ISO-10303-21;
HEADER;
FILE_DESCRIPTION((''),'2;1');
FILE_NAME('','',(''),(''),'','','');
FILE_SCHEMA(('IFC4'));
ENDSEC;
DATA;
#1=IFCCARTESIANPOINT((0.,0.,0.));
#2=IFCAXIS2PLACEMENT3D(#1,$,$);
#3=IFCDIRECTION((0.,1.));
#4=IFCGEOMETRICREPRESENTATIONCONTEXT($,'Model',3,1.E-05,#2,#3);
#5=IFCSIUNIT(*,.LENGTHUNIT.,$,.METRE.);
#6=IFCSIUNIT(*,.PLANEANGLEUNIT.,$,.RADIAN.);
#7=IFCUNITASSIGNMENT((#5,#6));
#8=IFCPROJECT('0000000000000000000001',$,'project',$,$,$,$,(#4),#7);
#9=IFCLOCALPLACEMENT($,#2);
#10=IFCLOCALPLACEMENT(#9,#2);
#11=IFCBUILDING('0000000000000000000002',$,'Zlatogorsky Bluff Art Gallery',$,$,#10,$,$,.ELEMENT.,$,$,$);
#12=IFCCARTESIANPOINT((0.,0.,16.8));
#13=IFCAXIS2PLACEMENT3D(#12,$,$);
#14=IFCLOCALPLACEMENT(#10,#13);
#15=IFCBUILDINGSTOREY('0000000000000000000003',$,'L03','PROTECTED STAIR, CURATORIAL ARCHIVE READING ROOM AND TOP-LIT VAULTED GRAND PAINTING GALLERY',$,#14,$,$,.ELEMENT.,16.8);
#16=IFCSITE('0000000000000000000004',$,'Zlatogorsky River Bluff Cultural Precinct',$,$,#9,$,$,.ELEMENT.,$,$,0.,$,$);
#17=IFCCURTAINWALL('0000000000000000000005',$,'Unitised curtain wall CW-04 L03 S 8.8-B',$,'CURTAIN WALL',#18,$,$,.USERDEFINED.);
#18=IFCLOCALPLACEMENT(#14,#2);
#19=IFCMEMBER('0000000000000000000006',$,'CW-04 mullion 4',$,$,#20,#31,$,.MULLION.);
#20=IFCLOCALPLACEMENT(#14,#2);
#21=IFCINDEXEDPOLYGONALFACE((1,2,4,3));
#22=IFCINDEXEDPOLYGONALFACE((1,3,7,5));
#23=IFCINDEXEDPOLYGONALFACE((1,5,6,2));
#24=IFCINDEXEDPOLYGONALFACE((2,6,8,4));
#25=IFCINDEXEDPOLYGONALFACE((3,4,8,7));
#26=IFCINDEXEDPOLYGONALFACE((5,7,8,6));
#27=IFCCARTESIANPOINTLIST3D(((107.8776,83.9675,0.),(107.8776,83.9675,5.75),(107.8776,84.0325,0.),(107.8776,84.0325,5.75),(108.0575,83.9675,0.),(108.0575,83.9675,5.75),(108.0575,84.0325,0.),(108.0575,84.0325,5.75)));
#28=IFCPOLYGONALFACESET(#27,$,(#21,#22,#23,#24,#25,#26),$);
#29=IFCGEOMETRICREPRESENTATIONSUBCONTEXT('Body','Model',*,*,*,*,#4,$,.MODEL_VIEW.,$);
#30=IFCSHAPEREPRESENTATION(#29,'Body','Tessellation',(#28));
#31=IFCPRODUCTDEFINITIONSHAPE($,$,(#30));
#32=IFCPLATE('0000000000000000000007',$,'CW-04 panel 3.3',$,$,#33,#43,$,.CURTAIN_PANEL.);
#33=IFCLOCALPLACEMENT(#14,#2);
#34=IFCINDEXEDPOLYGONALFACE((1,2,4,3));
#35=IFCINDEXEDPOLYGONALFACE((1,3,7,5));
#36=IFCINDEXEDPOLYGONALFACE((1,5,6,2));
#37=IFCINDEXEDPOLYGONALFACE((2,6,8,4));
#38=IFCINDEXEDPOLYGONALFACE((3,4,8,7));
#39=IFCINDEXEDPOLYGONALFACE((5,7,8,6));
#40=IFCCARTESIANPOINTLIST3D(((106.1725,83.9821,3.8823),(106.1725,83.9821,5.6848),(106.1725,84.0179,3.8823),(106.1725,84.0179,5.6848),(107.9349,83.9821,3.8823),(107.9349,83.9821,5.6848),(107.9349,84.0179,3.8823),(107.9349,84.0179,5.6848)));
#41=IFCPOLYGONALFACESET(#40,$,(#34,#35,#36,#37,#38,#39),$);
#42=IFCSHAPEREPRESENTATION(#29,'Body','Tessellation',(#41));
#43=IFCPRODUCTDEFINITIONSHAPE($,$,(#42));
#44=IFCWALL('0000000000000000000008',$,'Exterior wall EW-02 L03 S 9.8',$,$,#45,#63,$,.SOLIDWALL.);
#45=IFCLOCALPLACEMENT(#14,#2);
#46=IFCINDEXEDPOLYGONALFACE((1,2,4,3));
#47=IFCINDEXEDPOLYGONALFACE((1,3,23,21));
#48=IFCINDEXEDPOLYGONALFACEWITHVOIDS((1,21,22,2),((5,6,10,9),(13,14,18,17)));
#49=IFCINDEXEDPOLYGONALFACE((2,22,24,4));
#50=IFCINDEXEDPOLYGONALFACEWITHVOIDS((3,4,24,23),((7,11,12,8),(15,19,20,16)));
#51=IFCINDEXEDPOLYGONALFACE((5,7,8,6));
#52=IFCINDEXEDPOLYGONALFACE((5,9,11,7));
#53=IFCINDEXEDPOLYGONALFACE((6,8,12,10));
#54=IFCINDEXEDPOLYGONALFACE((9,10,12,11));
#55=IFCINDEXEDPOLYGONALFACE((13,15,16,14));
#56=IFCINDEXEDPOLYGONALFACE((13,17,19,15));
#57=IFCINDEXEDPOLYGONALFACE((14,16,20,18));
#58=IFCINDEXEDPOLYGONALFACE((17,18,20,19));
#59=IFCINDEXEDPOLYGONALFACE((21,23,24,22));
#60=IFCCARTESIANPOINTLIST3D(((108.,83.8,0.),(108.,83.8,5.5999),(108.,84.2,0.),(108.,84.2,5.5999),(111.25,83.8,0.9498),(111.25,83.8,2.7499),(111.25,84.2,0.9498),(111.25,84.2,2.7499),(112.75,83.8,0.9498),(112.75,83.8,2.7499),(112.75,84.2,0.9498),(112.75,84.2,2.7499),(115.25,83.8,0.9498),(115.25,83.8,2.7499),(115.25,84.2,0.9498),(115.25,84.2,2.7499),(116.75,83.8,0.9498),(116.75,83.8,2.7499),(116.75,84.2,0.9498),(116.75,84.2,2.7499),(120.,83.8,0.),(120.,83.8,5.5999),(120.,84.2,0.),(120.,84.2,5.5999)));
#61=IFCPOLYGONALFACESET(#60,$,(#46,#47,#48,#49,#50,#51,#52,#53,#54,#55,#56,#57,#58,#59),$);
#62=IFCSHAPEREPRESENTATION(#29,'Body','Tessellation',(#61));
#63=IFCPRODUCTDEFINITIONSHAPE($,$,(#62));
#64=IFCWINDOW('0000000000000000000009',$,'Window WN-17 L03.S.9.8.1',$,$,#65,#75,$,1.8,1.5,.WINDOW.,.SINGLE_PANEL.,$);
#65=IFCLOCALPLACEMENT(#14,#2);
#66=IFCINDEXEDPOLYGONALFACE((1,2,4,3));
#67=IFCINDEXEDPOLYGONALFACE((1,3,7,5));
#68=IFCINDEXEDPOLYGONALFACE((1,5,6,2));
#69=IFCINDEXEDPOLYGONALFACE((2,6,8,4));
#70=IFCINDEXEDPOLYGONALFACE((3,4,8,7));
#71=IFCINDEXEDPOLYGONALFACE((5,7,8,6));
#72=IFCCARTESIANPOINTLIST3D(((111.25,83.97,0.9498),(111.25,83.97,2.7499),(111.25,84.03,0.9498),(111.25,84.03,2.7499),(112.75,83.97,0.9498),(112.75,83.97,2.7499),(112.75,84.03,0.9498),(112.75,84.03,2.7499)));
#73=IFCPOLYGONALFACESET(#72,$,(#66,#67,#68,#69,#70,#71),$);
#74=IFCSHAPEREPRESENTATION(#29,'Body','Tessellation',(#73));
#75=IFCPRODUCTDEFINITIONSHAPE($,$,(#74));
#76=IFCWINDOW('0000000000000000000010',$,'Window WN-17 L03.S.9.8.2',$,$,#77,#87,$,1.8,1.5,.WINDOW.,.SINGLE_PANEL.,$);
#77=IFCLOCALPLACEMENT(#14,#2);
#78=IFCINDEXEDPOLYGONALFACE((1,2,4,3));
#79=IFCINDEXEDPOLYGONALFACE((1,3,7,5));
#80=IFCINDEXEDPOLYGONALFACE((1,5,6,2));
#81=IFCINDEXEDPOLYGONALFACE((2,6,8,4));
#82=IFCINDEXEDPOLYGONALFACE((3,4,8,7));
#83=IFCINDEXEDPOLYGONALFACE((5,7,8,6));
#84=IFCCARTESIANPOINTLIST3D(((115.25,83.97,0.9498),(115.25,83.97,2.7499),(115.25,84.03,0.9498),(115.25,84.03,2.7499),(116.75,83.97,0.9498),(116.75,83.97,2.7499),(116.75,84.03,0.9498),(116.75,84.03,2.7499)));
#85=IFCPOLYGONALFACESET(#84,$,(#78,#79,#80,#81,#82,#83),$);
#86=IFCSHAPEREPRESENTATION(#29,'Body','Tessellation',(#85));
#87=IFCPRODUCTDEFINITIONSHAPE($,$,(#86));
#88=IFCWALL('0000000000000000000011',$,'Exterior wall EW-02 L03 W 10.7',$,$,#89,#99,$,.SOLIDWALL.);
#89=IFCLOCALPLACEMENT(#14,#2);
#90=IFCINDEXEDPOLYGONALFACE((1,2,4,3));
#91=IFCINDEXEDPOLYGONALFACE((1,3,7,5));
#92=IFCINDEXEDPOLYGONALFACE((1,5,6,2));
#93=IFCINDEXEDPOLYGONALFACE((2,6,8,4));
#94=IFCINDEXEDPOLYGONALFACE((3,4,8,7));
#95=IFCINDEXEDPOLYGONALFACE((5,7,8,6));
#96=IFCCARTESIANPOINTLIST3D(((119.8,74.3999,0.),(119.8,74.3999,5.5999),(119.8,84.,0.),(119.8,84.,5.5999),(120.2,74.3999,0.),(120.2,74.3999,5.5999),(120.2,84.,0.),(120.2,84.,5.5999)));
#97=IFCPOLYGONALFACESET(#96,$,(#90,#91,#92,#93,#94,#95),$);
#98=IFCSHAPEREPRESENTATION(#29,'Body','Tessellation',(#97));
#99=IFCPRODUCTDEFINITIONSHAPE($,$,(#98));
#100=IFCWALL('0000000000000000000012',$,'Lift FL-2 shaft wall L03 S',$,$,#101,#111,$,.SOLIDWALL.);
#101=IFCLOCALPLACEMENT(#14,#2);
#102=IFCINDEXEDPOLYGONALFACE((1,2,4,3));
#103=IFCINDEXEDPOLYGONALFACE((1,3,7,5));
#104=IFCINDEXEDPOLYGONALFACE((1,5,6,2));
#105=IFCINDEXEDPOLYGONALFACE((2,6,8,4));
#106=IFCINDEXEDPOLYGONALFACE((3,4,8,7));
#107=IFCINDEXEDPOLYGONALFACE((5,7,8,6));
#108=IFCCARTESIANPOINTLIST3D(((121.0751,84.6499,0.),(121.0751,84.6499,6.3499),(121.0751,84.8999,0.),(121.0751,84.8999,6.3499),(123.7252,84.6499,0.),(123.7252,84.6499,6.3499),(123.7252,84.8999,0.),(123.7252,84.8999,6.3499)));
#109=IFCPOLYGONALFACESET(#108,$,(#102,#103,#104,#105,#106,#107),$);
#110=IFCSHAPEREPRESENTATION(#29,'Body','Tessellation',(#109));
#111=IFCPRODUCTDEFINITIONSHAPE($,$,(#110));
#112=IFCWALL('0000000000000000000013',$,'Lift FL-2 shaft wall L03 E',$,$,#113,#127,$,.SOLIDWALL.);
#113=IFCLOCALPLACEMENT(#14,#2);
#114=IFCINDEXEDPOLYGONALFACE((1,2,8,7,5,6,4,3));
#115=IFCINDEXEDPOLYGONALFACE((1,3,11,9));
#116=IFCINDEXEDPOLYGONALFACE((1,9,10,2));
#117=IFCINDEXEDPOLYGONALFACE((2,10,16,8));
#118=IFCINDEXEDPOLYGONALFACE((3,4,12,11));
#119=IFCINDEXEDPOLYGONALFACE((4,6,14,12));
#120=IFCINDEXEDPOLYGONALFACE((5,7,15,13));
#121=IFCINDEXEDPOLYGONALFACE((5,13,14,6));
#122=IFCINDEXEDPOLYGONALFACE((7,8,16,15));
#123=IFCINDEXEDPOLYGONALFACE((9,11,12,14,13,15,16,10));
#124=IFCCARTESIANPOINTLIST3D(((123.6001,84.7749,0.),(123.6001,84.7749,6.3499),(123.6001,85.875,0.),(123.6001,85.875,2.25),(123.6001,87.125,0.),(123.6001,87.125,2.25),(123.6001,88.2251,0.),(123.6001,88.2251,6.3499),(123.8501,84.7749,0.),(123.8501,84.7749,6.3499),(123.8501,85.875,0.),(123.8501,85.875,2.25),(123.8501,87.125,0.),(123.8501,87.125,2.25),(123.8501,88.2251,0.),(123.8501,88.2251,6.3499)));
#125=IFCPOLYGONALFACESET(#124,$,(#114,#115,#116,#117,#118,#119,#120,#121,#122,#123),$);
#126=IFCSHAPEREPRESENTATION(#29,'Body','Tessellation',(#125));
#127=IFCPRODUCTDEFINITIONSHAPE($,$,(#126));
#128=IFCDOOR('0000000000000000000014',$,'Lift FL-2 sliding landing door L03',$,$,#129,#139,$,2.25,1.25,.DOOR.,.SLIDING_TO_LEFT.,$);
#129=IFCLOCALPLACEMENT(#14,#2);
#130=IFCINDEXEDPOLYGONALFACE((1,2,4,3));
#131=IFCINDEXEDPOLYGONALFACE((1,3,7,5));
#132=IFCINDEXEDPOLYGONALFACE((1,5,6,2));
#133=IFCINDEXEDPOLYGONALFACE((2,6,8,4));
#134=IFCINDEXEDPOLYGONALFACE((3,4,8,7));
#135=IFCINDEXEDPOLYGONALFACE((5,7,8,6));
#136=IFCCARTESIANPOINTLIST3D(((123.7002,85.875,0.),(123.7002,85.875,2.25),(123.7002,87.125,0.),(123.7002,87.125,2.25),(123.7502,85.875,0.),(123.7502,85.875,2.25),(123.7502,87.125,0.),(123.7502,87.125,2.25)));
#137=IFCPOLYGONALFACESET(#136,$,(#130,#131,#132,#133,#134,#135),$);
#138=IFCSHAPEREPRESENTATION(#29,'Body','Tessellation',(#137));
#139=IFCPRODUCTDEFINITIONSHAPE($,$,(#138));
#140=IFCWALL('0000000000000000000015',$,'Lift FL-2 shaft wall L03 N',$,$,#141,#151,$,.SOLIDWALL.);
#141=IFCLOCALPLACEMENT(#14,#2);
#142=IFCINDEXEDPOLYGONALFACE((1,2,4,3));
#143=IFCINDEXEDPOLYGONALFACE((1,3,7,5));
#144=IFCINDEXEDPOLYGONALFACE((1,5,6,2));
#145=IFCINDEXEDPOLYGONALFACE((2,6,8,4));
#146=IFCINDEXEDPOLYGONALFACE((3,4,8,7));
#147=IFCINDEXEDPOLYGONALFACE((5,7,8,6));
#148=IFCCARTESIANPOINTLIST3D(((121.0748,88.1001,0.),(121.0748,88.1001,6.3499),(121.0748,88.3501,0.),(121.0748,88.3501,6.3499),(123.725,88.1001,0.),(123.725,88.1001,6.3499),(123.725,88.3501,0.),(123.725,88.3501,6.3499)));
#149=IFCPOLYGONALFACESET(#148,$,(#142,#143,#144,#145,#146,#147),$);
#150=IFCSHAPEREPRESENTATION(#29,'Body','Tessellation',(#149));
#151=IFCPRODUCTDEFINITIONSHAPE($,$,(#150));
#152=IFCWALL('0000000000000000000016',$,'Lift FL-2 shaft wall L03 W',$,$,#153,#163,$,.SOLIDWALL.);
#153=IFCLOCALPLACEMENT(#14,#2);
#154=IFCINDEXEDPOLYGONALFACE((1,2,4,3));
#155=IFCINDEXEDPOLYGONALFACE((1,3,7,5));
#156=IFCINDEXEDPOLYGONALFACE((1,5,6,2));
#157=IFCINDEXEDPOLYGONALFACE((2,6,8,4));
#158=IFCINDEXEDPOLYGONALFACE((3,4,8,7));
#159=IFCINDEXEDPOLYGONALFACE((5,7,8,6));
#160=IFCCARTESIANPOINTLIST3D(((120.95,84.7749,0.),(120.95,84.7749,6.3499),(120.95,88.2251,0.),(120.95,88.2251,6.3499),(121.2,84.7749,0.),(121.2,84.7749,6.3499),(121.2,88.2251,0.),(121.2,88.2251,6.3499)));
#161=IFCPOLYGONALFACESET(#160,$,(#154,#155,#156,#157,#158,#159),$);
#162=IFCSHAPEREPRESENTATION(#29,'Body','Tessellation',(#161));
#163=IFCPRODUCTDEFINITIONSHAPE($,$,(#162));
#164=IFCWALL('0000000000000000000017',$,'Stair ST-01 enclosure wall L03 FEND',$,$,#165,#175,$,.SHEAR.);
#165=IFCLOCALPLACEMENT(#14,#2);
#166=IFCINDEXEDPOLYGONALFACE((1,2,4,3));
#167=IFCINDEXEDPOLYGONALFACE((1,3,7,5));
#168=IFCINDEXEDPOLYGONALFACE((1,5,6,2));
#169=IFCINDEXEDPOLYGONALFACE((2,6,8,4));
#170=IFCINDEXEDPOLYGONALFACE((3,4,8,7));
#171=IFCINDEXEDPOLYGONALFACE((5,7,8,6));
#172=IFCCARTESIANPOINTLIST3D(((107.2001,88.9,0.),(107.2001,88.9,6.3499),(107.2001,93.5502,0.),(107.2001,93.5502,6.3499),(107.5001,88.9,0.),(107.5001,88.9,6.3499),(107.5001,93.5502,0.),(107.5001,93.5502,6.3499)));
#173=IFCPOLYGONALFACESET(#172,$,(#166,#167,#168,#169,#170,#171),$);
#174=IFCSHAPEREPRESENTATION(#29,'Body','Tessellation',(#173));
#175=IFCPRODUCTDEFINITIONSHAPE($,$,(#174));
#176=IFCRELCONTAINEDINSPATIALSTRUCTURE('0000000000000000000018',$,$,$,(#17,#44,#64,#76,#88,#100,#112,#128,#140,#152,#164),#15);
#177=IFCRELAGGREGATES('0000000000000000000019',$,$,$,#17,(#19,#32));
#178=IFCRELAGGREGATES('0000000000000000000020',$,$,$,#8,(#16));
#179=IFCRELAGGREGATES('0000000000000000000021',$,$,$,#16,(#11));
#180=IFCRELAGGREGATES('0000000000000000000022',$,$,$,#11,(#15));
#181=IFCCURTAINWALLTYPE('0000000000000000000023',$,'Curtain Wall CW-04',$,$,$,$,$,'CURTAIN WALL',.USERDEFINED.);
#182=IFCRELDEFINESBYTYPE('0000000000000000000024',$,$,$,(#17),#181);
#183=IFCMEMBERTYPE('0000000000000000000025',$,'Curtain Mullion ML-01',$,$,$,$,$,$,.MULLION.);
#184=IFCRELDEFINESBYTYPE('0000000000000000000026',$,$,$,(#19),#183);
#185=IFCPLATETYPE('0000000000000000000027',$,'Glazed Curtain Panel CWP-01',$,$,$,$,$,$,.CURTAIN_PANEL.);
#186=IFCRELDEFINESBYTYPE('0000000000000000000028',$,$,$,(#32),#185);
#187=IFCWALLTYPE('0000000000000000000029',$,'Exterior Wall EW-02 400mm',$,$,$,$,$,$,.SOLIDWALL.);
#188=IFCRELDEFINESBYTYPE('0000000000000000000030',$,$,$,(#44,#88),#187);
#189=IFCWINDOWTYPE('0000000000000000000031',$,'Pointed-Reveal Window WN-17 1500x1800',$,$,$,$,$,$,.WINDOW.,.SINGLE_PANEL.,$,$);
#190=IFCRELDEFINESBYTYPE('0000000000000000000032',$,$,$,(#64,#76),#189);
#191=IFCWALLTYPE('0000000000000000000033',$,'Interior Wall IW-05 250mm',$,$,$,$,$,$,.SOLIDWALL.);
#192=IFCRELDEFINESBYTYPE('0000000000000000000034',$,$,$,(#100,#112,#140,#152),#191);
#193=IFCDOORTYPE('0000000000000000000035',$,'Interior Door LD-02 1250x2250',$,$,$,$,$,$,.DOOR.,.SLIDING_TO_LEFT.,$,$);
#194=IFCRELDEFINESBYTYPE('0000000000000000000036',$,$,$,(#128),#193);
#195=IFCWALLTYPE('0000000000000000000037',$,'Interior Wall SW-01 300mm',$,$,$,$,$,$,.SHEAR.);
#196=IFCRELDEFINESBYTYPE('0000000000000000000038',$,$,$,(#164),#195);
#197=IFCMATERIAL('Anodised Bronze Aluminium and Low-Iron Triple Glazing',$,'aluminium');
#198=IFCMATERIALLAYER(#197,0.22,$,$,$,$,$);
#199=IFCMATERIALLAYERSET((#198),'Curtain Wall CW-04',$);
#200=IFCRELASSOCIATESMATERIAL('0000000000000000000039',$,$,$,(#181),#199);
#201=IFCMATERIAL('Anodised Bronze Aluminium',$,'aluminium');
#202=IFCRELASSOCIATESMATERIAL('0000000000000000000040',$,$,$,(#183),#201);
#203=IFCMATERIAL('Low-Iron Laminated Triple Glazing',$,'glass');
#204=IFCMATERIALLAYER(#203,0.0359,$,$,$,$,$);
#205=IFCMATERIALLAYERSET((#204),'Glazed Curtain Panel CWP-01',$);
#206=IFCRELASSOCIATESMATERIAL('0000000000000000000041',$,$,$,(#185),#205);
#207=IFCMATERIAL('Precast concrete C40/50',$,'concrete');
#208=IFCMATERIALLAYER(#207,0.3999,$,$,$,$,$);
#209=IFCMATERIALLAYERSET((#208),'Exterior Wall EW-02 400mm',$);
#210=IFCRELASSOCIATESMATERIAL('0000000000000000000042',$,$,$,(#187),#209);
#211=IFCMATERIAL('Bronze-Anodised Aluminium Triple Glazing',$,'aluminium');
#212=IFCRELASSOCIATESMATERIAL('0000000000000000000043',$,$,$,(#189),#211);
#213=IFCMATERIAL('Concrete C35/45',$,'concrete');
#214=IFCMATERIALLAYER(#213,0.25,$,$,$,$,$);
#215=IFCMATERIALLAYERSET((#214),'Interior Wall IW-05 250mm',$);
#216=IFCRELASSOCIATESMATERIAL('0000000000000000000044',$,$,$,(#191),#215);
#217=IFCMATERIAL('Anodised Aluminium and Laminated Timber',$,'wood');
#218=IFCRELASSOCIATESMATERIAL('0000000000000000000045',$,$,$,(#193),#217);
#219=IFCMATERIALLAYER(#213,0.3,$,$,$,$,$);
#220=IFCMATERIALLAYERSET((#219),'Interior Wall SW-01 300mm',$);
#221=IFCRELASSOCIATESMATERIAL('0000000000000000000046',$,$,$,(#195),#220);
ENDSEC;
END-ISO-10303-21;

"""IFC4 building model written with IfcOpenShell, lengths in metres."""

from ifc_helpers import new_model, si_unit, direction, frame, frame_2d, origin, origin_2d, place, context, subcontext, project, spatial, rectangle, extrude, material, layer, layer_set, material_profile, profile_set, type_object, element, fill, aggregate, save


model = new_model("IFC4")

# Units and contexts
model_context = context("Model", 3, precision=1e-05, world=origin(), true_north=direction((0.0, 1.0)))
body_context = subcontext(model_context, "Body", "Model", "MODEL_VIEW")
ifc_project = project(units=[si_unit("LENGTHUNIT", "METRE"), si_unit("PLANEANGLEUNIT", "RADIAN")], contexts=[model_context])

# Site, building, storey
site_placement = place(None, origin())
site = spatial("IfcSite", under=ifc_project, at=site_placement, Name="Zlatogorsky River Bluff Cultural Precinct", CompositionType="ELEMENT", RefElevation=0.0)
building_placement = place(site_placement, origin())
building = spatial("IfcBuilding", under=site, at=building_placement, Name="Zlatogorsky Bluff Art Gallery", CompositionType="ELEMENT")
storey_placement = place(building_placement, frame((0.0, 0.0, 16.8)))
storey = spatial("IfcBuildingStorey", under=building, at=storey_placement, Name="L03", Description="PROTECTED STAIR, CURATORIAL ARCHIVE READING ROOM AND TOP-LIT VAULTED GRAND PAINTING GALLERY", CompositionType="ELEMENT", Elevation=16.8)

# Curtain wall, member, plate
ifc_material_1 = material(Name="Anodised Bronze Aluminium and Low-Iron Triple Glazing", Category="aluminium")
ifc_layer_1 = layer(ifc_material_1, 0.22)
ifc_layer_set_1 = layer_set([ifc_layer_1], Name="Curtain Wall CW-04")
curtain_wall_type = type_object("IfcCurtainWallType", Name="Curtain Wall CW-04", ElementType="CURTAIN WALL", PredefinedType="USERDEFINED", material=ifc_layer_set_1)
curtain_wall_placement = place(storey_placement, origin())
curtain_wall = element("IfcCurtainWall", 1, at=curtain_wall_placement, inside=storey, type_object=curtain_wall_type, Name="Unitised curtain wall CW-04 L03 S 8.8-B", ObjectType="CURTAIN WALL", PredefinedType="USERDEFINED")
ifc_material_2 = material(Name="Anodised Bronze Aluminium", Category="aluminium")
ifc_material_profile_1 = material_profile(ifc_material_2, rectangle(XDim=0.0649, YDim=0.1799, at=origin_2d()), Name="ALU MULLION 65x180")
ifc_profile_set_1 = profile_set([ifc_material_profile_1], Name="Anodised Bronze Aluminium")
member_type = type_object("IfcMemberType", Name="Curtain Mullion ML-01", PredefinedType="MULLION", material=ifc_profile_set_1)
member_placement = place(storey_placement, frame((107.9675, 84.0, 0.0), z_axis=(0.0, 0.0, 1.0), x_axis=(0.0, 1.0, 0.0)))
member = element("IfcMember", 2, at=member_placement, type_object=member_type, Name="CW-04 mullion 4", PredefinedType="MULLION", context=body_context, shape_type="SweptSolid", body=[
    extrude(rectangle(XDim=0.0649, YDim=0.1799, at=origin_2d()), origin(), (0.0, 0.0, 1.0), 5.75),
])
ifc_material_3 = material(Name="Low-Iron Laminated Triple Glazing", Category="glass")
ifc_layer_2 = layer(ifc_material_3, 0.0359)
ifc_layer_set_2 = layer_set([ifc_layer_2], Name="Glazed Curtain Panel CWP-01")
plate_type = type_object("IfcPlateType", Name="Glazed Curtain Panel CWP-01", PredefinedType="CURTAIN_PANEL", material=ifc_layer_set_2)
plate_placement = place(storey_placement, frame((107.0537, 84.0, 3.8823), z_axis=(0.0, 0.0, 1.0), x_axis=(1.0, 0.0, 0.0)))
plate = element("IfcPlate", 3, at=plate_placement, type_object=plate_type, Name="CW-04 panel 3.3", PredefinedType="CURTAIN_PANEL", context=body_context, shape_type="SweptSolid", body=[
    extrude(rectangle(XDim=1.7625, YDim=0.0359, at=origin_2d()), origin(), (0.0, 0.0, 1.0), 1.8025),
])
aggregate(curtain_wall, [member, plate])

# Wall, openings, windows
ifc_material_4 = material(Name="Precast concrete C40/50", Category="concrete")
ifc_layer_3 = layer(ifc_material_4, 0.3999)
ifc_layer_set_3 = layer_set([ifc_layer_3], Name="Exterior Wall EW-02 400mm")
wall_type_1 = type_object("IfcWallType", Name="Exterior Wall EW-02 400mm", PredefinedType="SOLIDWALL", material=ifc_layer_set_3)
wall_1_placement = place(storey_placement, frame((108.0, 84.0, 0.0), z_axis=(0.0, 0.0, 1.0), x_axis=(1.0, 0.0, 0.0)))
wall_1 = element("IfcWall", 4, at=wall_1_placement, inside=storey, type_object=wall_type_1, Name="Exterior wall EW-02 L03 S 9.8", PredefinedType="SOLIDWALL", context=body_context, shape_type="SweptSolid", body=[
    extrude(rectangle(XDim=12.0, YDim=0.3999, at=frame_2d((6.0, 0.0))), origin(), (0.0, 0.0, 1.0), 5.5999),
])
opening_1_placement = place(wall_1_placement, frame((3.25, 0.0, 0.95)))
opening_1 = element("IfcOpeningElement", 5, at=opening_1_placement, cuts=wall_1, PredefinedType="OPENING", context=body_context, shape_type="SweptSolid", body=[
    extrude(rectangle(XDim=1.5, YDim=1.8, at=frame_2d((0.75, 0.8999))), frame((0.0, 0.21, 0.0), z_axis=(0.0, -1.0, 0.0), x_axis=(1.0, 0.0, 0.0)), (0.0, 0.0, 1.0), 0.4199),
])
opening_2_placement = place(wall_1_placement, frame((7.25, 0.0, 0.95)))
opening_2 = element("IfcOpeningElement", 6, at=opening_2_placement, cuts=wall_1, PredefinedType="OPENING", context=body_context, shape_type="SweptSolid", body=[
    extrude(rectangle(XDim=1.5, YDim=1.8, at=frame_2d((0.75, 0.8999))), frame((0.0, 0.21, 0.0), z_axis=(0.0, -1.0, 0.0), x_axis=(1.0, 0.0, 0.0)), (0.0, 0.0, 1.0), 0.4199),
])
ifc_material_5 = material(Name="Bronze-Anodised Aluminium Triple Glazing", Category="aluminium")
window_type = type_object("IfcWindowType", Name="Pointed-Reveal Window WN-17 1500x1800", PartitioningType="SINGLE_PANEL", PredefinedType="WINDOW", material=ifc_material_5)
window_1_placement = place(opening_1_placement, origin())
window_1 = element("IfcWindow", 7, at=window_1_placement, inside=storey, type_object=window_type, Name="Window WN-17 L03.S.9.8.1", OverallHeight=1.8, OverallWidth=1.5, PartitioningType="SINGLE_PANEL", PredefinedType="WINDOW", context=body_context, shape_type="SweptSolid", body=[
    extrude(rectangle(XDim=1.5, YDim=1.8, at=frame_2d((0.75, 0.8999))), frame((0.0, 0.03, 0.0), z_axis=(0.0, -1.0, 0.0), x_axis=(1.0, 0.0, 0.0)), (0.0, 0.0, 1.0), 0.0601),
])
fill(opening_1, window_1)
window_2_placement = place(opening_2_placement, origin())
window_2 = element("IfcWindow", 8, at=window_2_placement, inside=storey, type_object=window_type, Name="Window WN-17 L03.S.9.8.2", OverallHeight=1.8, OverallWidth=1.5, PartitioningType="SINGLE_PANEL", PredefinedType="WINDOW", context=body_context, shape_type="SweptSolid", body=[
    extrude(rectangle(XDim=1.5, YDim=1.8, at=frame_2d((0.75, 0.8999))), frame((0.0, 0.03, 0.0), z_axis=(0.0, -1.0, 0.0), x_axis=(1.0, 0.0, 0.0)), (0.0, 0.0, 1.0), 0.0601),
])
fill(opening_2, window_2)

# Walls
wall_2_placement = place(storey_placement, frame((120.0, 84.0, 0.0), z_axis=(0.0, 0.0, 1.0), x_axis=(0.0, -1.0, 0.0)))
element("IfcWall", 9, at=wall_2_placement, inside=storey, type_object=wall_type_1, Name="Exterior wall EW-02 L03 W 10.7", PredefinedType="SOLIDWALL", context=body_context, shape_type="SweptSolid", body=[
    extrude(rectangle(XDim=9.6001, YDim=0.3999, at=frame_2d((4.8, 0.0))), origin(), (0.0, 0.0, 1.0), 5.5999),
])
ifc_material_6 = material(Name="Concrete C35/45", Category="concrete")
ifc_layer_4 = layer(ifc_material_6, 0.25)
ifc_layer_set_4 = layer_set([ifc_layer_4], Name="Interior Wall IW-05 250mm")
wall_type_2 = type_object("IfcWallType", Name="Interior Wall IW-05 250mm", PredefinedType="SOLIDWALL", material=ifc_layer_set_4)
wall_3_placement = place(storey_placement, frame((121.075, 84.7749, 0.0), z_axis=(0.0, 0.0, 1.0), x_axis=(1.0, 0.0, 0.0)))
element("IfcWall", 10, at=wall_3_placement, inside=storey, type_object=wall_type_2, Name="Lift FL-2 shaft wall L03 S", PredefinedType="SOLIDWALL", context=body_context, shape_type="SweptSolid", body=[
    extrude(rectangle(XDim=2.6501, YDim=0.25, at=frame_2d((1.3252, 0.0))), origin(), (0.0, 0.0, 1.0), 6.3499),
])

# Wall, opening, door
wall_4_placement = place(storey_placement, frame((123.7251, 84.7749, 0.0), z_axis=(0.0, 0.0, 1.0), x_axis=(0.0, 1.0, 0.0)))
wall_4 = element("IfcWall", 11, at=wall_4_placement, inside=storey, type_object=wall_type_2, Name="Lift FL-2 shaft wall L03 E", PredefinedType="SOLIDWALL", context=body_context, shape_type="SweptSolid", body=[
    extrude(rectangle(XDim=3.4502, YDim=0.25, at=frame_2d((1.7251, 0.0))), origin(), (0.0, 0.0, 1.0), 6.3499),
])
opening_3_placement = place(wall_4_placement, frame((1.1001, 0.0, 0.0)))
opening_3 = element("IfcOpeningElement", 12, at=opening_3_placement, cuts=wall_4, PredefinedType="OPENING", context=body_context, shape_type="SweptSolid", body=[
    extrude(rectangle(XDim=1.25, YDim=2.25, at=frame_2d((0.625, 1.125))), frame((0.0, 0.135, 0.0), z_axis=(0.0, -1.0, 0.0), x_axis=(1.0, 0.0, 0.0)), (0.0, 0.0, 1.0), 0.27),
])
ifc_material_7 = material(Name="Anodised Aluminium and Laminated Timber", Category="wood")
door_type_1 = type_object("IfcDoorType", Name="Interior Door LD-02 1250x2250", OperationType="SLIDING_TO_LEFT", PredefinedType="DOOR", material=ifc_material_7)
door_1_placement = place(opening_3_placement, origin())
door_1 = element("IfcDoor", 13, at=door_1_placement, inside=storey, type_object=door_type_1, Name="Lift FL-2 sliding landing door L03", OperationType="SLIDING_TO_LEFT", OverallHeight=2.25, OverallWidth=1.25, PredefinedType="DOOR", context=body_context, shape_type="SweptSolid", body=[
    extrude(rectangle(XDim=1.25, YDim=2.25, at=frame_2d((0.625, 1.125))), frame((0.0, 0.0249, 0.0), z_axis=(0.0, -1.0, 0.0), x_axis=(1.0, 0.0, 0.0)), (0.0, 0.0, 1.0), 0.05),
])
fill(opening_3, door_1)

# Walls
wall_5_placement = place(storey_placement, frame((123.7251, 88.2251, 0.0), z_axis=(0.0, 0.0, 1.0), x_axis=(-1.0, 0.0, 0.0)))
element("IfcWall", 14, at=wall_5_placement, inside=storey, type_object=wall_type_2, Name="Lift FL-2 shaft wall L03 N", PredefinedType="SOLIDWALL", context=body_context, shape_type="SweptSolid", body=[
    extrude(rectangle(XDim=2.6501, YDim=0.25, at=frame_2d((1.3252, 0.0))), origin(), (0.0, 0.0, 1.0), 6.3499),
])
wall_6_placement = place(storey_placement, frame((121.075, 88.2251, 0.0), z_axis=(0.0, 0.0, 1.0), x_axis=(0.0, -1.0, 0.0)))
element("IfcWall", 15, at=wall_6_placement, inside=storey, type_object=wall_type_2, Name="Lift FL-2 shaft wall L03 W", PredefinedType="SOLIDWALL", context=body_context, shape_type="SweptSolid", body=[
    extrude(rectangle(XDim=3.4502, YDim=0.25, at=frame_2d((1.7251, 0.0))), origin(), (0.0, 0.0, 1.0), 6.3499),
])
ifc_layer_5 = layer(ifc_material_6, 0.3)
ifc_layer_set_5 = layer_set([ifc_layer_5], Name="Interior Wall SW-01 300mm")
wall_type_3 = type_object("IfcWallType", Name="Interior Wall SW-01 300mm", PredefinedType="SHEAR", material=ifc_layer_set_5)
wall_7_placement = place(storey_placement, frame((107.3501, 88.8999, 0.0), z_axis=(0.0, 0.0, 1.0), x_axis=(0.0, 1.0, 0.0)))
element("IfcWall", 16, at=wall_7_placement, inside=storey, type_object=wall_type_3, Name="Stair ST-01 enclosure wall L03 FEND", PredefinedType="SHEAR", context=body_context, shape_type="SweptSolid", body=[
    extrude(rectangle(XDim=4.6501, YDim=0.3, at=frame_2d((2.3252, 0.0))), origin(), (0.0, 0.0, 1.0), 6.3499),
])

save(model, "model.ifc")
